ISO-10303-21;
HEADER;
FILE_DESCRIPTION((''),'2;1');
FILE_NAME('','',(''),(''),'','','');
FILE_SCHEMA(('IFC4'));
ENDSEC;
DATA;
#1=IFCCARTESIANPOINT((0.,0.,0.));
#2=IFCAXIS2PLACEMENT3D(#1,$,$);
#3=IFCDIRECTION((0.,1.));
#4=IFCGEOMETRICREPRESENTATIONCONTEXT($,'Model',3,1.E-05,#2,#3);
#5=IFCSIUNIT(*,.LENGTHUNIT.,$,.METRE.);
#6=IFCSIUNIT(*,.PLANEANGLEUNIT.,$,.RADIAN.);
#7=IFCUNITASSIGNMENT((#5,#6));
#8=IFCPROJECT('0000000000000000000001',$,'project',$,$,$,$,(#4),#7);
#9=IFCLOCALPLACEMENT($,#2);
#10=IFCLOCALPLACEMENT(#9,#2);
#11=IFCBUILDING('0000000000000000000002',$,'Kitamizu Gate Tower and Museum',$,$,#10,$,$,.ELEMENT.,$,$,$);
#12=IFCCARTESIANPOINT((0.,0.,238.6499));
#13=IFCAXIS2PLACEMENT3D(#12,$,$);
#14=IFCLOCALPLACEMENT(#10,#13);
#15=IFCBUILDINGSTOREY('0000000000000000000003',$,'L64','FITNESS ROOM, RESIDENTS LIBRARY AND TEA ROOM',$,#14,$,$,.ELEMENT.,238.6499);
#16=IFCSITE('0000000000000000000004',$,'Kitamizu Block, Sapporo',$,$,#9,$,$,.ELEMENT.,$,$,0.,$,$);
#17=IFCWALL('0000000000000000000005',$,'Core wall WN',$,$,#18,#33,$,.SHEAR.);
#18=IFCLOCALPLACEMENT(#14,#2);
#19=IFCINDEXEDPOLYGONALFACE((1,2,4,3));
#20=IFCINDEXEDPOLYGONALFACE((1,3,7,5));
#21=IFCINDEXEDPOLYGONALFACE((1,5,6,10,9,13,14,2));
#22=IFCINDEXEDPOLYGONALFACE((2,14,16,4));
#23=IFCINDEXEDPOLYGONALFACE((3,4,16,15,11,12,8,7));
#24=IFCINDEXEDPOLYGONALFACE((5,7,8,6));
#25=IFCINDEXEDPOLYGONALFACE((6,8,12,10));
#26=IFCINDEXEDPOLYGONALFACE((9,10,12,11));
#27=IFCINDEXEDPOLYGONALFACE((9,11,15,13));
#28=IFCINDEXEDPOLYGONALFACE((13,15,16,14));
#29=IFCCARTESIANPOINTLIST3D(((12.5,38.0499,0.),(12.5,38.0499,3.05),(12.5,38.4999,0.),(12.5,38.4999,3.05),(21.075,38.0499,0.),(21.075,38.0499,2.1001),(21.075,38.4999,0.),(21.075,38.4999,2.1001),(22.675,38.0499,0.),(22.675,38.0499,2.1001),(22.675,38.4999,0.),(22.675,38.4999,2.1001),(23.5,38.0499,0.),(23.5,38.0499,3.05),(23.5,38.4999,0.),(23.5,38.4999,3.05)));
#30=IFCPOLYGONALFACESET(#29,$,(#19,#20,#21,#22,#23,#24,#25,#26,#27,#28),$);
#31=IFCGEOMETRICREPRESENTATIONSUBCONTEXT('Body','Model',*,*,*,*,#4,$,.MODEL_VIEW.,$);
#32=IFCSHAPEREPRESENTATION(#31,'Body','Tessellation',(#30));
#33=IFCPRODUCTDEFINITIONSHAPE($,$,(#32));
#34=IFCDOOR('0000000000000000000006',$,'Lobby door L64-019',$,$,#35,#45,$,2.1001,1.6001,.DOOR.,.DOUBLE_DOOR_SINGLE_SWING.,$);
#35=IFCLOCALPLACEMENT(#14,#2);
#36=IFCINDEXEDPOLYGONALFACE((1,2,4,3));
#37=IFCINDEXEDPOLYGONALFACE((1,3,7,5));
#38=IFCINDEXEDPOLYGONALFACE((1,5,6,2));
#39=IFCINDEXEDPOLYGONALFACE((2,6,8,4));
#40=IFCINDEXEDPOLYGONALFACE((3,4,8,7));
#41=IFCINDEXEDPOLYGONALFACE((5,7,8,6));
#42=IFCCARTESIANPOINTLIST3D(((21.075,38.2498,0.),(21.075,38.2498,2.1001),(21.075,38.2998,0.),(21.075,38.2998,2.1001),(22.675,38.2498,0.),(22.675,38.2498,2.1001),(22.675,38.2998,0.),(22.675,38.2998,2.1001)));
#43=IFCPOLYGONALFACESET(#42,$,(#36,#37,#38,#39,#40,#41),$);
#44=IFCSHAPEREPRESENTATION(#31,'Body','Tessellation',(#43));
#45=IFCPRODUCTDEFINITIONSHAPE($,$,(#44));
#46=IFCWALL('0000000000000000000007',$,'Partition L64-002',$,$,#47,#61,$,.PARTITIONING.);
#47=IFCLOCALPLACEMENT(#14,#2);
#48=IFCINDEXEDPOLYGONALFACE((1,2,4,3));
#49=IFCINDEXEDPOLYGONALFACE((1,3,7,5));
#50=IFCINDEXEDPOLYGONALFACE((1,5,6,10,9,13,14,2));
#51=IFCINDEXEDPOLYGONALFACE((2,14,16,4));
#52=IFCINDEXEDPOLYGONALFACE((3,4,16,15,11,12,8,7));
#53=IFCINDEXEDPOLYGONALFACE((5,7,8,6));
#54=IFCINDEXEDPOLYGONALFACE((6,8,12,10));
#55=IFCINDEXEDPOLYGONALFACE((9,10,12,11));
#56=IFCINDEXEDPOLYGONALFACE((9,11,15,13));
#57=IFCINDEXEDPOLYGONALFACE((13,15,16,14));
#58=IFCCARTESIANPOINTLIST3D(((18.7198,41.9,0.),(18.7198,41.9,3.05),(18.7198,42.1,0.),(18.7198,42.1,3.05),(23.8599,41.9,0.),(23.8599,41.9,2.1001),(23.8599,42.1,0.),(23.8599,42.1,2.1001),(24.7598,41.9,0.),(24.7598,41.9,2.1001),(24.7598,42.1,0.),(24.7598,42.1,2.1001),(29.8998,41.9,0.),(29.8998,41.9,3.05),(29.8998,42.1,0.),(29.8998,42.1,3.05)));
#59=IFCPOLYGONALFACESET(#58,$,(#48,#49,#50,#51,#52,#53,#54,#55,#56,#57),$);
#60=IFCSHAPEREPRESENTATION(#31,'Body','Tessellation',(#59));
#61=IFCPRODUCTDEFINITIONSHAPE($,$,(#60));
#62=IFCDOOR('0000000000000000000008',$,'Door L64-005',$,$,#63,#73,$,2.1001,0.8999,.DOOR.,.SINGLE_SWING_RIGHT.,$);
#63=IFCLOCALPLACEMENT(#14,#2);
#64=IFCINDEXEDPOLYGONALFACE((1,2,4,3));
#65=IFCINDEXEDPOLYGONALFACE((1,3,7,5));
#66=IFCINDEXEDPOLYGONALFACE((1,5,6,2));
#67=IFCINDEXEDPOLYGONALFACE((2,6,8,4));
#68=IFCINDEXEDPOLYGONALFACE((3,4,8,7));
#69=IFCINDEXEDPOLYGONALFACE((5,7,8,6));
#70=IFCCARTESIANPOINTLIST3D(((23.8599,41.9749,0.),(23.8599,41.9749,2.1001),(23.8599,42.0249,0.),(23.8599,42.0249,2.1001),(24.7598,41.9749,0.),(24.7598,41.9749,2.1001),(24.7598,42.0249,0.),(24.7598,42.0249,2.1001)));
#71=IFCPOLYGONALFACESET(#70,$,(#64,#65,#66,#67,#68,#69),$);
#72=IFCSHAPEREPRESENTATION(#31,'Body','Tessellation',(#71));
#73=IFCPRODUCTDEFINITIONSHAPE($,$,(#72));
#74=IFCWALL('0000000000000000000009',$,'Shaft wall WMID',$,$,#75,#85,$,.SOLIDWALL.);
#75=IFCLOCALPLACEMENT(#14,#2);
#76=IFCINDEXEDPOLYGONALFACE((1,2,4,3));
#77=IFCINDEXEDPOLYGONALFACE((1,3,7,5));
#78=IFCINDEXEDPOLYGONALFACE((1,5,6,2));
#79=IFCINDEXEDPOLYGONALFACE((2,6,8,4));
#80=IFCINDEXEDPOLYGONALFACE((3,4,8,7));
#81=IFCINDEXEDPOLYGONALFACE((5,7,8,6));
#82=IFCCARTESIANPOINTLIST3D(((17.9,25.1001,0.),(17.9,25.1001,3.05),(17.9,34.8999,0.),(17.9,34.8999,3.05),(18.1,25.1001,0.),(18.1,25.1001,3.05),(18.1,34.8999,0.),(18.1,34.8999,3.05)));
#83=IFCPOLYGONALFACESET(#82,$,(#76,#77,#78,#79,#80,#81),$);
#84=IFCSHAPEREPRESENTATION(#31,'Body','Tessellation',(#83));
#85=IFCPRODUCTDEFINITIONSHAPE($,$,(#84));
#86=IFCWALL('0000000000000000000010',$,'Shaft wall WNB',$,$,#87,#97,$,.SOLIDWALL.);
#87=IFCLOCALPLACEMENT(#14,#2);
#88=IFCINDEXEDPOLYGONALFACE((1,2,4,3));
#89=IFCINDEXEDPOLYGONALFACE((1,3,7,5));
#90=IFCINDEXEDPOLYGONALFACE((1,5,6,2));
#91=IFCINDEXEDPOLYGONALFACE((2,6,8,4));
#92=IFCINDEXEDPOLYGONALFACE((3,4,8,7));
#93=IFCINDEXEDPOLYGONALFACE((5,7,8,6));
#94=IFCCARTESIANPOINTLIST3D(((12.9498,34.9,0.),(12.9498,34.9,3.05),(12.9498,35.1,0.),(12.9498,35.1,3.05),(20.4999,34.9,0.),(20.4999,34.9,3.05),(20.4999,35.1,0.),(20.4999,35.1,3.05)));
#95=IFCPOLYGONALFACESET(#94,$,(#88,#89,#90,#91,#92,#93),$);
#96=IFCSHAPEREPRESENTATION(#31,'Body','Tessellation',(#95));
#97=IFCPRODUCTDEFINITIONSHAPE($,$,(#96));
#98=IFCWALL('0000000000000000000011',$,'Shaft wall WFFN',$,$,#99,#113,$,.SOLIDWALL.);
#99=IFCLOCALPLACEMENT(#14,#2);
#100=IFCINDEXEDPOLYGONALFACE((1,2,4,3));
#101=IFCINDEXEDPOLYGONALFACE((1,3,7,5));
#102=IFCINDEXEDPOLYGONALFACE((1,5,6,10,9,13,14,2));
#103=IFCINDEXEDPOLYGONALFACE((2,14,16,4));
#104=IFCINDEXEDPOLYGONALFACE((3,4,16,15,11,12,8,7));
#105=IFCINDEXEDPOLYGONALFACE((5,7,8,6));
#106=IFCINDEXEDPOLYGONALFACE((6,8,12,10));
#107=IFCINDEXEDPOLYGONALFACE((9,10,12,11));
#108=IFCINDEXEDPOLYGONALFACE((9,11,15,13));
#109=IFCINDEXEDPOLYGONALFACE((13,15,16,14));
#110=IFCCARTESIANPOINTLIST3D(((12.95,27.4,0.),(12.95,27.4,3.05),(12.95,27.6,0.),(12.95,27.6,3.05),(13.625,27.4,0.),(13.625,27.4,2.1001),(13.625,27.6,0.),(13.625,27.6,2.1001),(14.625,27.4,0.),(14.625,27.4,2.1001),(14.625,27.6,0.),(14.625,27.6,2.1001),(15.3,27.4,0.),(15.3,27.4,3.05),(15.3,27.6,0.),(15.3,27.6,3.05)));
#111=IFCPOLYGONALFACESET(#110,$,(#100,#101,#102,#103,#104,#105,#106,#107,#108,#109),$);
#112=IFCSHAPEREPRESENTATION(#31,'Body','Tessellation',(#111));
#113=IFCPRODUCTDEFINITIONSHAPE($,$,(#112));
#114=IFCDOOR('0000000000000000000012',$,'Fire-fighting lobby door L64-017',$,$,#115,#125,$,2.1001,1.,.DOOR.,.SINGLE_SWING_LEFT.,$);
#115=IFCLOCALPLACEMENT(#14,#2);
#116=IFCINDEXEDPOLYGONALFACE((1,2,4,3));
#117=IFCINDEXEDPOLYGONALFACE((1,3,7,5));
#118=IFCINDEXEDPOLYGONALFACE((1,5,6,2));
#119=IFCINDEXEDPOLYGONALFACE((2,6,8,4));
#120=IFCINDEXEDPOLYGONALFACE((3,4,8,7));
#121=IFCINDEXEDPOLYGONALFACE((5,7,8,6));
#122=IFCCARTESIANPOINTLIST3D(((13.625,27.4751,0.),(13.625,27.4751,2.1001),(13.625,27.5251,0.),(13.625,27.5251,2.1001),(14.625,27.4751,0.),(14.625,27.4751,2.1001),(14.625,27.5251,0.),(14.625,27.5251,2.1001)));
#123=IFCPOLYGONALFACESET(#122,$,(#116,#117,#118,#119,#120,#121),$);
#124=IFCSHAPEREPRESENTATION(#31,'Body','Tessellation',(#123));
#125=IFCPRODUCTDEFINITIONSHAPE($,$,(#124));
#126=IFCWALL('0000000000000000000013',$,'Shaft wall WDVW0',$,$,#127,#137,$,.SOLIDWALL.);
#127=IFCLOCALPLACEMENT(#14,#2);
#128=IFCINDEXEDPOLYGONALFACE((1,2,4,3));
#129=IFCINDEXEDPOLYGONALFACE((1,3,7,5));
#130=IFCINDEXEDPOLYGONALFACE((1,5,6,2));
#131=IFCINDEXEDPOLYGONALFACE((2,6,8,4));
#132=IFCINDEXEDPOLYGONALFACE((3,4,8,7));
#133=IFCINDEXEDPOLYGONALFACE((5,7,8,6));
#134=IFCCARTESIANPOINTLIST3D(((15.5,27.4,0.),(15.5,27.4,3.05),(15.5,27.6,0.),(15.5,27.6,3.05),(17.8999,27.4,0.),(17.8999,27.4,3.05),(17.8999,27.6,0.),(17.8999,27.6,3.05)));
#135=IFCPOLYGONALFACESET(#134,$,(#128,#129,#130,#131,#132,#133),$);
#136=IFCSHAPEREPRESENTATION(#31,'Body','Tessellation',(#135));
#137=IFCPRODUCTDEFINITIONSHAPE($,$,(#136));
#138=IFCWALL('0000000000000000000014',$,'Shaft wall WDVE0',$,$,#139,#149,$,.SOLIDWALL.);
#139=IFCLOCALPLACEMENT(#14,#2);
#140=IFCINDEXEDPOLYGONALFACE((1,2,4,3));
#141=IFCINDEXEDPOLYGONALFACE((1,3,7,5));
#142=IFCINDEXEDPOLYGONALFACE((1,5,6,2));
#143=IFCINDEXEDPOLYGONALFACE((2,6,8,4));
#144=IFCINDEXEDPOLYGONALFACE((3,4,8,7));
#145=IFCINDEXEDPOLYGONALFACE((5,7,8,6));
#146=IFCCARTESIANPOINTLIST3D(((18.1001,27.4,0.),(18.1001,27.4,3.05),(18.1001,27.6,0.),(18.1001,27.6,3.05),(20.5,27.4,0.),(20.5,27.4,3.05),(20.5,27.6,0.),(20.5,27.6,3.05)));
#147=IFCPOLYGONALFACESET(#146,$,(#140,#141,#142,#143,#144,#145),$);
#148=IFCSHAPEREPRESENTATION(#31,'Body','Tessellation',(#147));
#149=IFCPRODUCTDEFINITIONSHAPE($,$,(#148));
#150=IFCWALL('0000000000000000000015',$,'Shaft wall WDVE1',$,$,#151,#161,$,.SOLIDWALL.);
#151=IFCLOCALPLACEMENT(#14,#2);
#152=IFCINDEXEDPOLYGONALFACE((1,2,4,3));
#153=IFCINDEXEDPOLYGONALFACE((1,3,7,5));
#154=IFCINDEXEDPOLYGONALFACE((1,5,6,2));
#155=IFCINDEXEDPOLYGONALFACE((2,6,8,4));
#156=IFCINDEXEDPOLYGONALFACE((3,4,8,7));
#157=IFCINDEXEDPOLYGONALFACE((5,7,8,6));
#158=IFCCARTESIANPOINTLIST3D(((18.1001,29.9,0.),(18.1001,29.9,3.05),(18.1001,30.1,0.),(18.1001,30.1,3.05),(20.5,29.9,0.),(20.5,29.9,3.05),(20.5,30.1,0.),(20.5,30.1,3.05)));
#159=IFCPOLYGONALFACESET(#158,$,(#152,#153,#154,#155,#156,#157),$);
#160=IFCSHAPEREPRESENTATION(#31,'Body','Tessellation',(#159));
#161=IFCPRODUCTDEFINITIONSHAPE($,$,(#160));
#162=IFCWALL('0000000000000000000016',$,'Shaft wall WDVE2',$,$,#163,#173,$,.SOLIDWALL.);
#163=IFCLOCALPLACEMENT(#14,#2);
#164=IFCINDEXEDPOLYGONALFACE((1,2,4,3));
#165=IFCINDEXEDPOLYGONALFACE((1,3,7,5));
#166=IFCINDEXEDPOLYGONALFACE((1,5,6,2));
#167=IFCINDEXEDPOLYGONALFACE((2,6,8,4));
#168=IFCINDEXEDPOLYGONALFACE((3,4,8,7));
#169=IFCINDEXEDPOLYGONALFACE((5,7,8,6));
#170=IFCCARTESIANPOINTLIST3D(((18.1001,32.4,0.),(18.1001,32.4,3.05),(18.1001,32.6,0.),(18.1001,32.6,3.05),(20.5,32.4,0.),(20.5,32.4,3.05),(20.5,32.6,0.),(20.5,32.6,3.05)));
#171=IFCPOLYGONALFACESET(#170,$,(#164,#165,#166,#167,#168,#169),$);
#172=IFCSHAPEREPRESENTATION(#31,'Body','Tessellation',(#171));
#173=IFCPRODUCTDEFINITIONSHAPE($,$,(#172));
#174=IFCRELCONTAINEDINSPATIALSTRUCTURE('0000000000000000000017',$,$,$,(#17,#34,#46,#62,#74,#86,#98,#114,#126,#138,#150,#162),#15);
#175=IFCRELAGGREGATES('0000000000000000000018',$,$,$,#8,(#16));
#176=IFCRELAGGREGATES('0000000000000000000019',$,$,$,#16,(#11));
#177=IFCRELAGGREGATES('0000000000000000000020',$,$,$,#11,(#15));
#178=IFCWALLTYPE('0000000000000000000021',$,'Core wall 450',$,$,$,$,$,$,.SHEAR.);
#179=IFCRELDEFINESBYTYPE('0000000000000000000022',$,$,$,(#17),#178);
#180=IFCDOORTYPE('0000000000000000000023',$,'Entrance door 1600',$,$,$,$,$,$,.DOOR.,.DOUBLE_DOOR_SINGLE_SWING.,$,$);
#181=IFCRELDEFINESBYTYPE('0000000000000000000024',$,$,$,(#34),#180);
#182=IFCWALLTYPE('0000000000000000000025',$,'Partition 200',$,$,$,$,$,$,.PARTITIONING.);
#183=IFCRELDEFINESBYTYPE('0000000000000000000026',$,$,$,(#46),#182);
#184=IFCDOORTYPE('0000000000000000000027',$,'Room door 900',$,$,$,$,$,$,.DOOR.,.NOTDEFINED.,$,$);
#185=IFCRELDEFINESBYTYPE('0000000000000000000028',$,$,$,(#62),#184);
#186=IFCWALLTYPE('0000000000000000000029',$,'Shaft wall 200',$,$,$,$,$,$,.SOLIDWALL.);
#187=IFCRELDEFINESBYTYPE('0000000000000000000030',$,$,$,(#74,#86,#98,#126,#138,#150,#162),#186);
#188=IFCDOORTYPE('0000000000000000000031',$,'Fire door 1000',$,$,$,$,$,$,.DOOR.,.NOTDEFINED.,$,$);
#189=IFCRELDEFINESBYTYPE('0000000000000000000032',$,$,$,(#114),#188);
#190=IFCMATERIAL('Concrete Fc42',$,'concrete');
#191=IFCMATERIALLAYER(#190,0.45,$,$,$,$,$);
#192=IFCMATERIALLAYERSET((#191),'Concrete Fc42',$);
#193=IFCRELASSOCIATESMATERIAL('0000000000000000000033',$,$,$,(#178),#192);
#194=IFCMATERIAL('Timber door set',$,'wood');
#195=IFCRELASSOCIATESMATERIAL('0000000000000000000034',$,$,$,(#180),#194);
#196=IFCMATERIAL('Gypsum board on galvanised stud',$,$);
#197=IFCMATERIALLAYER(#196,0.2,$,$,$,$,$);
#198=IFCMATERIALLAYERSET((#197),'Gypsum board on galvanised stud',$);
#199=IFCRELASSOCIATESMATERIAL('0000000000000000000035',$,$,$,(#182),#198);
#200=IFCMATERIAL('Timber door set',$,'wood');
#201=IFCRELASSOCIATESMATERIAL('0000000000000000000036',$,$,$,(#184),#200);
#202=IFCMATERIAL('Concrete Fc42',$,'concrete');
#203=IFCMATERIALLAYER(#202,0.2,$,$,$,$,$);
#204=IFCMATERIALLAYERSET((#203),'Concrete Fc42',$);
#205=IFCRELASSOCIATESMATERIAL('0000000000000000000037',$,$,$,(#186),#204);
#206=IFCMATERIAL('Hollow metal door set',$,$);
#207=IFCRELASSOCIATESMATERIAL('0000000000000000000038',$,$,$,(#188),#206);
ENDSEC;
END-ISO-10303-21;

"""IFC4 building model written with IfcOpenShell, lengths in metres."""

from ifc_helpers import new_model, si_unit, direction, frame, frame_2d, origin, place, context, subcontext, project, spatial, rectangle, extrude, material, layer, layer_set, type_object, element, fill, save


model = new_model("IFC4")

# Units and contexts
model_context = context("Model", 3, precision=1e-05, world=origin(), true_north=direction((0.0, 1.0)))
body_context = subcontext(model_context, "Body", "Model", "MODEL_VIEW")
ifc_project = project(units=[si_unit("LENGTHUNIT", "METRE"), si_unit("PLANEANGLEUNIT", "RADIAN")], contexts=[model_context])

# Site, building, storey
site_placement = place(None, origin())
site = spatial("IfcSite", under=ifc_project, at=site_placement, Name="Kitamizu Block, Sapporo", CompositionType="ELEMENT", RefElevation=0.0)
building_placement = place(site_placement, origin())
building = spatial("IfcBuilding", under=site, at=building_placement, Name="Kitamizu Gate Tower and Museum", CompositionType="ELEMENT")
storey_placement = place(building_placement, frame((0.0, 0.0, 238.6499)))
storey = spatial("IfcBuildingStorey", under=building, at=storey_placement, Name="L64", Description="FITNESS ROOM, RESIDENTS LIBRARY AND TEA ROOM", CompositionType="ELEMENT", Elevation=238.6499)

# Walls, openings, doors
ifc_material_1 = material(Name="Concrete Fc42", Category="concrete")
ifc_layer_1 = layer(ifc_material_1, 0.45)
ifc_layer_set_1 = layer_set([ifc_layer_1], Name="Concrete Fc42")
wall_type_1 = type_object("IfcWallType", Name="Core wall 450", PredefinedType="SHEAR", material=ifc_layer_set_1)
wall_1_placement = place(storey_placement, frame((12.5, 38.2749, 0.0), z_axis=(0.0, 0.0, 1.0), x_axis=(1.0, 0.0, 0.0)))
wall_1 = element("IfcWall", 1, at=wall_1_placement, inside=storey, type_object=wall_type_1, Name="Core wall WN", PredefinedType="SHEAR", context=body_context, shape_type="SweptSolid", body=[
    extrude(rectangle(XDim=11.0, YDim=0.45, at=frame_2d((5.5, 0.0))), origin(), (0.0, 0.0, 1.0), 3.05),
])
opening_1_placement = place(wall_1_placement, frame((8.575, 0.0, 0.0)))
opening_1 = element("IfcOpeningElement", 2, at=opening_1_placement, cuts=wall_1, PredefinedType="OPENING", context=body_context, shape_type="SweptSolid", body=[
    extrude(rectangle(XDim=1.6001, YDim=2.1001, at=frame_2d((0.8, 1.05))), frame((0.0, 0.2349, 0.0), z_axis=(0.0, -1.0, 0.0), x_axis=(1.0, 0.0, 0.0)), (0.0, 0.0, 1.0), 0.47),
])
ifc_material_2 = material(Name="Timber door set", Category="wood")
door_type_1 = type_object("IfcDoorType", Name="Entrance door 1600", OperationType="DOUBLE_DOOR_SINGLE_SWING", PredefinedType="DOOR", material=ifc_material_2)
door_1_placement = place(opening_1_placement, origin())
door_1 = element("IfcDoor", 3, at=door_1_placement, inside=storey, type_object=door_type_1, Name="Lobby door L64-019", OperationType="DOUBLE_DOOR_SINGLE_SWING", OverallHeight=2.1001, OverallWidth=1.6001, PredefinedType="DOOR", context=body_context, shape_type="SweptSolid", body=[
    extrude(rectangle(XDim=1.6001, YDim=2.1001, at=frame_2d((0.8, 1.05))), frame((0.0, 0.0249, 0.0), z_axis=(0.0, -1.0, 0.0), x_axis=(1.0, 0.0, 0.0)), (0.0, 0.0, 1.0), 0.05),
])
fill(opening_1, door_1)
ifc_material_3 = material(Name="Gypsum board on galvanised stud")
ifc_layer_2 = layer(ifc_material_3, 0.2)
ifc_layer_set_2 = layer_set([ifc_layer_2], Name="Gypsum board on galvanised stud")
wall_type_2 = type_object("IfcWallType", Name="Partition 200", PredefinedType="PARTITIONING", material=ifc_layer_set_2)
wall_2_placement = place(storey_placement, frame((18.72, 42.0, 0.0), z_axis=(0.0, 0.0, 1.0), x_axis=(1.0, 0.0, 0.0)))
wall_2 = element("IfcWall", 4, at=wall_2_placement, inside=storey, type_object=wall_type_2, Name="Partition L64-002", PredefinedType="PARTITIONING", context=body_context, shape_type="SweptSolid", body=[
    extrude(rectangle(XDim=11.1799, YDim=0.2, at=frame_2d((5.5898, 0.0))), origin(), (0.0, 0.0, 1.0), 3.05),
])
opening_2_placement = place(wall_2_placement, frame((5.1399, 0.0, 0.0)))
opening_2 = element("IfcOpeningElement", 5, at=opening_2_placement, cuts=wall_2, PredefinedType="OPENING", context=body_context, shape_type="SweptSolid", body=[
    extrude(rectangle(XDim=0.8999, YDim=2.1001, at=frame_2d((0.45, 1.05))), frame((0.0, 0.1099, 0.0), z_axis=(0.0, -1.0, 0.0), x_axis=(1.0, 0.0, 0.0)), (0.0, 0.0, 1.0), 0.22),
])
ifc_material_4 = material(Name="Timber door set", Category="wood")
door_type_2 = type_object("IfcDoorType", Name="Room door 900", OperationType="NOTDEFINED", PredefinedType="DOOR", material=ifc_material_4)
door_2_placement = place(opening_2_placement, origin())
door_2 = element("IfcDoor", 6, at=door_2_placement, inside=storey, type_object=door_type_2, Name="Door L64-005", OperationType="SINGLE_SWING_RIGHT", OverallHeight=2.1001, OverallWidth=0.8999, PredefinedType="DOOR", context=body_context, shape_type="SweptSolid", body=[
    extrude(rectangle(XDim=0.8999, YDim=2.1001, at=frame_2d((0.45, 1.05))), frame((0.0, 0.0249, 0.0), z_axis=(0.0, -1.0, 0.0), x_axis=(1.0, 0.0, 0.0)), (0.0, 0.0, 1.0), 0.05),
])
fill(opening_2, door_2)

# Walls
ifc_material_5 = material(Name="Concrete Fc42", Category="concrete")
ifc_layer_3 = layer(ifc_material_5, 0.2)
ifc_layer_set_3 = layer_set([ifc_layer_3], Name="Concrete Fc42")
wall_type_3 = type_object("IfcWallType", Name="Shaft wall 200", PredefinedType="SOLIDWALL", material=ifc_layer_set_3)
wall_3_placement = place(storey_placement, frame((18.0, 25.1001, 0.0), z_axis=(0.0, 0.0, 1.0), x_axis=(0.0, 1.0, 0.0)))
element("IfcWall", 7, at=wall_3_placement, inside=storey, type_object=wall_type_3, Name="Shaft wall WMID", PredefinedType="SOLIDWALL", context=body_context, shape_type="SweptSolid", body=[
    extrude(rectangle(XDim=9.7998, YDim=0.2, at=frame_2d((4.8999, 0.0))), origin(), (0.0, 0.0, 1.0), 3.05),
])
wall_4_placement = place(storey_placement, frame((12.95, 35.0, 0.0), z_axis=(0.0, 0.0, 1.0), x_axis=(1.0, 0.0, 0.0)))
element("IfcWall", 8, at=wall_4_placement, inside=storey, type_object=wall_type_3, Name="Shaft wall WNB", PredefinedType="SOLIDWALL", context=body_context, shape_type="SweptSolid", body=[
    extrude(rectangle(XDim=7.55, YDim=0.2, at=frame_2d((3.7749, 0.0))), origin(), (0.0, 0.0, 1.0), 3.05),
])

# Wall, opening, door
wall_5_placement = place(storey_placement, frame((12.95, 27.5, 0.0), z_axis=(0.0, 0.0, 1.0), x_axis=(1.0, 0.0, 0.0)))
wall_5 = element("IfcWall", 9, at=wall_5_placement, inside=storey, type_object=wall_type_3, Name="Shaft wall WFFN", PredefinedType="SOLIDWALL", context=body_context, shape_type="SweptSolid", body=[
    extrude(rectangle(XDim=2.3501, YDim=0.2, at=frame_2d((1.175, 0.0))), origin(), (0.0, 0.0, 1.0), 3.05),
])
opening_3_placement = place(wall_5_placement, frame((0.675, 0.0, 0.0)))
opening_3 = element("IfcOpeningElement", 10, at=opening_3_placement, cuts=wall_5, PredefinedType="OPENING", context=body_context, shape_type="SweptSolid", body=[
    extrude(rectangle(XDim=1.0, YDim=2.1001, at=frame_2d((0.5, 1.05))), frame((0.0, 0.1099, 0.0), z_axis=(0.0, -1.0, 0.0), x_axis=(1.0, 0.0, 0.0)), (0.0, 0.0, 1.0), 0.22),
])
ifc_material_6 = material(Name="Hollow metal door set")
door_type_3 = type_object("IfcDoorType", Name="Fire door 1000", OperationType="NOTDEFINED", PredefinedType="DOOR", material=ifc_material_6)
door_3_placement = place(opening_3_placement, frame((1.0, 0.0, 0.0), x_axis=(-1.0, 0.0, 0.0)))
door_3 = element("IfcDoor", 11, at=door_3_placement, inside=storey, type_object=door_type_3, Name="Fire-fighting lobby door L64-017", OperationType="SINGLE_SWING_LEFT", OverallHeight=2.1001, OverallWidth=1.0, PredefinedType="DOOR", context=body_context, shape_type="SweptSolid", body=[
    extrude(rectangle(XDim=1.0, YDim=2.1001, at=frame_2d((0.5, 1.05))), frame((0.0, 0.0249, 0.0), z_axis=(0.0, -1.0, 0.0), x_axis=(1.0, 0.0, 0.0)), (0.0, 0.0, 1.0), 0.05),
])
fill(opening_3, door_3)

# Walls
for number, where, z_axis, x_axis, name in (
    (12, (15.5, 27.5, 0.0), (0.0, 0.0, 1.0), (1.0, 0.0, 0.0), "Shaft wall WDVW0"),
    (13, (18.1001, 27.5, 0.0), (0.0, 0.0, 1.0), (1.0, 0.0, 0.0), "Shaft wall WDVE0"),
    (14, (18.1001, 30.0, 0.0), (0.0, 0.0, 1.0), (1.0, 0.0, 0.0), "Shaft wall WDVE1"),
    (15, (18.1001, 32.5, 0.0), (0.0, 0.0, 1.0), (1.0, 0.0, 0.0), "Shaft wall WDVE2"),
):
    element("IfcWall", number, at=place(storey_placement, frame(where, z_axis=z_axis, x_axis=x_axis)), inside=storey, type_object=wall_type_3, Name=name, PredefinedType="SOLIDWALL", context=body_context, shape_type="SweptSolid", body=[
        extrude(rectangle(XDim=2.3999, YDim=0.2, at=frame_2d((1.2, 0.0))), origin(), (0.0, 0.0, 1.0), 3.05),
    ])

save(model, "model.ifc")
